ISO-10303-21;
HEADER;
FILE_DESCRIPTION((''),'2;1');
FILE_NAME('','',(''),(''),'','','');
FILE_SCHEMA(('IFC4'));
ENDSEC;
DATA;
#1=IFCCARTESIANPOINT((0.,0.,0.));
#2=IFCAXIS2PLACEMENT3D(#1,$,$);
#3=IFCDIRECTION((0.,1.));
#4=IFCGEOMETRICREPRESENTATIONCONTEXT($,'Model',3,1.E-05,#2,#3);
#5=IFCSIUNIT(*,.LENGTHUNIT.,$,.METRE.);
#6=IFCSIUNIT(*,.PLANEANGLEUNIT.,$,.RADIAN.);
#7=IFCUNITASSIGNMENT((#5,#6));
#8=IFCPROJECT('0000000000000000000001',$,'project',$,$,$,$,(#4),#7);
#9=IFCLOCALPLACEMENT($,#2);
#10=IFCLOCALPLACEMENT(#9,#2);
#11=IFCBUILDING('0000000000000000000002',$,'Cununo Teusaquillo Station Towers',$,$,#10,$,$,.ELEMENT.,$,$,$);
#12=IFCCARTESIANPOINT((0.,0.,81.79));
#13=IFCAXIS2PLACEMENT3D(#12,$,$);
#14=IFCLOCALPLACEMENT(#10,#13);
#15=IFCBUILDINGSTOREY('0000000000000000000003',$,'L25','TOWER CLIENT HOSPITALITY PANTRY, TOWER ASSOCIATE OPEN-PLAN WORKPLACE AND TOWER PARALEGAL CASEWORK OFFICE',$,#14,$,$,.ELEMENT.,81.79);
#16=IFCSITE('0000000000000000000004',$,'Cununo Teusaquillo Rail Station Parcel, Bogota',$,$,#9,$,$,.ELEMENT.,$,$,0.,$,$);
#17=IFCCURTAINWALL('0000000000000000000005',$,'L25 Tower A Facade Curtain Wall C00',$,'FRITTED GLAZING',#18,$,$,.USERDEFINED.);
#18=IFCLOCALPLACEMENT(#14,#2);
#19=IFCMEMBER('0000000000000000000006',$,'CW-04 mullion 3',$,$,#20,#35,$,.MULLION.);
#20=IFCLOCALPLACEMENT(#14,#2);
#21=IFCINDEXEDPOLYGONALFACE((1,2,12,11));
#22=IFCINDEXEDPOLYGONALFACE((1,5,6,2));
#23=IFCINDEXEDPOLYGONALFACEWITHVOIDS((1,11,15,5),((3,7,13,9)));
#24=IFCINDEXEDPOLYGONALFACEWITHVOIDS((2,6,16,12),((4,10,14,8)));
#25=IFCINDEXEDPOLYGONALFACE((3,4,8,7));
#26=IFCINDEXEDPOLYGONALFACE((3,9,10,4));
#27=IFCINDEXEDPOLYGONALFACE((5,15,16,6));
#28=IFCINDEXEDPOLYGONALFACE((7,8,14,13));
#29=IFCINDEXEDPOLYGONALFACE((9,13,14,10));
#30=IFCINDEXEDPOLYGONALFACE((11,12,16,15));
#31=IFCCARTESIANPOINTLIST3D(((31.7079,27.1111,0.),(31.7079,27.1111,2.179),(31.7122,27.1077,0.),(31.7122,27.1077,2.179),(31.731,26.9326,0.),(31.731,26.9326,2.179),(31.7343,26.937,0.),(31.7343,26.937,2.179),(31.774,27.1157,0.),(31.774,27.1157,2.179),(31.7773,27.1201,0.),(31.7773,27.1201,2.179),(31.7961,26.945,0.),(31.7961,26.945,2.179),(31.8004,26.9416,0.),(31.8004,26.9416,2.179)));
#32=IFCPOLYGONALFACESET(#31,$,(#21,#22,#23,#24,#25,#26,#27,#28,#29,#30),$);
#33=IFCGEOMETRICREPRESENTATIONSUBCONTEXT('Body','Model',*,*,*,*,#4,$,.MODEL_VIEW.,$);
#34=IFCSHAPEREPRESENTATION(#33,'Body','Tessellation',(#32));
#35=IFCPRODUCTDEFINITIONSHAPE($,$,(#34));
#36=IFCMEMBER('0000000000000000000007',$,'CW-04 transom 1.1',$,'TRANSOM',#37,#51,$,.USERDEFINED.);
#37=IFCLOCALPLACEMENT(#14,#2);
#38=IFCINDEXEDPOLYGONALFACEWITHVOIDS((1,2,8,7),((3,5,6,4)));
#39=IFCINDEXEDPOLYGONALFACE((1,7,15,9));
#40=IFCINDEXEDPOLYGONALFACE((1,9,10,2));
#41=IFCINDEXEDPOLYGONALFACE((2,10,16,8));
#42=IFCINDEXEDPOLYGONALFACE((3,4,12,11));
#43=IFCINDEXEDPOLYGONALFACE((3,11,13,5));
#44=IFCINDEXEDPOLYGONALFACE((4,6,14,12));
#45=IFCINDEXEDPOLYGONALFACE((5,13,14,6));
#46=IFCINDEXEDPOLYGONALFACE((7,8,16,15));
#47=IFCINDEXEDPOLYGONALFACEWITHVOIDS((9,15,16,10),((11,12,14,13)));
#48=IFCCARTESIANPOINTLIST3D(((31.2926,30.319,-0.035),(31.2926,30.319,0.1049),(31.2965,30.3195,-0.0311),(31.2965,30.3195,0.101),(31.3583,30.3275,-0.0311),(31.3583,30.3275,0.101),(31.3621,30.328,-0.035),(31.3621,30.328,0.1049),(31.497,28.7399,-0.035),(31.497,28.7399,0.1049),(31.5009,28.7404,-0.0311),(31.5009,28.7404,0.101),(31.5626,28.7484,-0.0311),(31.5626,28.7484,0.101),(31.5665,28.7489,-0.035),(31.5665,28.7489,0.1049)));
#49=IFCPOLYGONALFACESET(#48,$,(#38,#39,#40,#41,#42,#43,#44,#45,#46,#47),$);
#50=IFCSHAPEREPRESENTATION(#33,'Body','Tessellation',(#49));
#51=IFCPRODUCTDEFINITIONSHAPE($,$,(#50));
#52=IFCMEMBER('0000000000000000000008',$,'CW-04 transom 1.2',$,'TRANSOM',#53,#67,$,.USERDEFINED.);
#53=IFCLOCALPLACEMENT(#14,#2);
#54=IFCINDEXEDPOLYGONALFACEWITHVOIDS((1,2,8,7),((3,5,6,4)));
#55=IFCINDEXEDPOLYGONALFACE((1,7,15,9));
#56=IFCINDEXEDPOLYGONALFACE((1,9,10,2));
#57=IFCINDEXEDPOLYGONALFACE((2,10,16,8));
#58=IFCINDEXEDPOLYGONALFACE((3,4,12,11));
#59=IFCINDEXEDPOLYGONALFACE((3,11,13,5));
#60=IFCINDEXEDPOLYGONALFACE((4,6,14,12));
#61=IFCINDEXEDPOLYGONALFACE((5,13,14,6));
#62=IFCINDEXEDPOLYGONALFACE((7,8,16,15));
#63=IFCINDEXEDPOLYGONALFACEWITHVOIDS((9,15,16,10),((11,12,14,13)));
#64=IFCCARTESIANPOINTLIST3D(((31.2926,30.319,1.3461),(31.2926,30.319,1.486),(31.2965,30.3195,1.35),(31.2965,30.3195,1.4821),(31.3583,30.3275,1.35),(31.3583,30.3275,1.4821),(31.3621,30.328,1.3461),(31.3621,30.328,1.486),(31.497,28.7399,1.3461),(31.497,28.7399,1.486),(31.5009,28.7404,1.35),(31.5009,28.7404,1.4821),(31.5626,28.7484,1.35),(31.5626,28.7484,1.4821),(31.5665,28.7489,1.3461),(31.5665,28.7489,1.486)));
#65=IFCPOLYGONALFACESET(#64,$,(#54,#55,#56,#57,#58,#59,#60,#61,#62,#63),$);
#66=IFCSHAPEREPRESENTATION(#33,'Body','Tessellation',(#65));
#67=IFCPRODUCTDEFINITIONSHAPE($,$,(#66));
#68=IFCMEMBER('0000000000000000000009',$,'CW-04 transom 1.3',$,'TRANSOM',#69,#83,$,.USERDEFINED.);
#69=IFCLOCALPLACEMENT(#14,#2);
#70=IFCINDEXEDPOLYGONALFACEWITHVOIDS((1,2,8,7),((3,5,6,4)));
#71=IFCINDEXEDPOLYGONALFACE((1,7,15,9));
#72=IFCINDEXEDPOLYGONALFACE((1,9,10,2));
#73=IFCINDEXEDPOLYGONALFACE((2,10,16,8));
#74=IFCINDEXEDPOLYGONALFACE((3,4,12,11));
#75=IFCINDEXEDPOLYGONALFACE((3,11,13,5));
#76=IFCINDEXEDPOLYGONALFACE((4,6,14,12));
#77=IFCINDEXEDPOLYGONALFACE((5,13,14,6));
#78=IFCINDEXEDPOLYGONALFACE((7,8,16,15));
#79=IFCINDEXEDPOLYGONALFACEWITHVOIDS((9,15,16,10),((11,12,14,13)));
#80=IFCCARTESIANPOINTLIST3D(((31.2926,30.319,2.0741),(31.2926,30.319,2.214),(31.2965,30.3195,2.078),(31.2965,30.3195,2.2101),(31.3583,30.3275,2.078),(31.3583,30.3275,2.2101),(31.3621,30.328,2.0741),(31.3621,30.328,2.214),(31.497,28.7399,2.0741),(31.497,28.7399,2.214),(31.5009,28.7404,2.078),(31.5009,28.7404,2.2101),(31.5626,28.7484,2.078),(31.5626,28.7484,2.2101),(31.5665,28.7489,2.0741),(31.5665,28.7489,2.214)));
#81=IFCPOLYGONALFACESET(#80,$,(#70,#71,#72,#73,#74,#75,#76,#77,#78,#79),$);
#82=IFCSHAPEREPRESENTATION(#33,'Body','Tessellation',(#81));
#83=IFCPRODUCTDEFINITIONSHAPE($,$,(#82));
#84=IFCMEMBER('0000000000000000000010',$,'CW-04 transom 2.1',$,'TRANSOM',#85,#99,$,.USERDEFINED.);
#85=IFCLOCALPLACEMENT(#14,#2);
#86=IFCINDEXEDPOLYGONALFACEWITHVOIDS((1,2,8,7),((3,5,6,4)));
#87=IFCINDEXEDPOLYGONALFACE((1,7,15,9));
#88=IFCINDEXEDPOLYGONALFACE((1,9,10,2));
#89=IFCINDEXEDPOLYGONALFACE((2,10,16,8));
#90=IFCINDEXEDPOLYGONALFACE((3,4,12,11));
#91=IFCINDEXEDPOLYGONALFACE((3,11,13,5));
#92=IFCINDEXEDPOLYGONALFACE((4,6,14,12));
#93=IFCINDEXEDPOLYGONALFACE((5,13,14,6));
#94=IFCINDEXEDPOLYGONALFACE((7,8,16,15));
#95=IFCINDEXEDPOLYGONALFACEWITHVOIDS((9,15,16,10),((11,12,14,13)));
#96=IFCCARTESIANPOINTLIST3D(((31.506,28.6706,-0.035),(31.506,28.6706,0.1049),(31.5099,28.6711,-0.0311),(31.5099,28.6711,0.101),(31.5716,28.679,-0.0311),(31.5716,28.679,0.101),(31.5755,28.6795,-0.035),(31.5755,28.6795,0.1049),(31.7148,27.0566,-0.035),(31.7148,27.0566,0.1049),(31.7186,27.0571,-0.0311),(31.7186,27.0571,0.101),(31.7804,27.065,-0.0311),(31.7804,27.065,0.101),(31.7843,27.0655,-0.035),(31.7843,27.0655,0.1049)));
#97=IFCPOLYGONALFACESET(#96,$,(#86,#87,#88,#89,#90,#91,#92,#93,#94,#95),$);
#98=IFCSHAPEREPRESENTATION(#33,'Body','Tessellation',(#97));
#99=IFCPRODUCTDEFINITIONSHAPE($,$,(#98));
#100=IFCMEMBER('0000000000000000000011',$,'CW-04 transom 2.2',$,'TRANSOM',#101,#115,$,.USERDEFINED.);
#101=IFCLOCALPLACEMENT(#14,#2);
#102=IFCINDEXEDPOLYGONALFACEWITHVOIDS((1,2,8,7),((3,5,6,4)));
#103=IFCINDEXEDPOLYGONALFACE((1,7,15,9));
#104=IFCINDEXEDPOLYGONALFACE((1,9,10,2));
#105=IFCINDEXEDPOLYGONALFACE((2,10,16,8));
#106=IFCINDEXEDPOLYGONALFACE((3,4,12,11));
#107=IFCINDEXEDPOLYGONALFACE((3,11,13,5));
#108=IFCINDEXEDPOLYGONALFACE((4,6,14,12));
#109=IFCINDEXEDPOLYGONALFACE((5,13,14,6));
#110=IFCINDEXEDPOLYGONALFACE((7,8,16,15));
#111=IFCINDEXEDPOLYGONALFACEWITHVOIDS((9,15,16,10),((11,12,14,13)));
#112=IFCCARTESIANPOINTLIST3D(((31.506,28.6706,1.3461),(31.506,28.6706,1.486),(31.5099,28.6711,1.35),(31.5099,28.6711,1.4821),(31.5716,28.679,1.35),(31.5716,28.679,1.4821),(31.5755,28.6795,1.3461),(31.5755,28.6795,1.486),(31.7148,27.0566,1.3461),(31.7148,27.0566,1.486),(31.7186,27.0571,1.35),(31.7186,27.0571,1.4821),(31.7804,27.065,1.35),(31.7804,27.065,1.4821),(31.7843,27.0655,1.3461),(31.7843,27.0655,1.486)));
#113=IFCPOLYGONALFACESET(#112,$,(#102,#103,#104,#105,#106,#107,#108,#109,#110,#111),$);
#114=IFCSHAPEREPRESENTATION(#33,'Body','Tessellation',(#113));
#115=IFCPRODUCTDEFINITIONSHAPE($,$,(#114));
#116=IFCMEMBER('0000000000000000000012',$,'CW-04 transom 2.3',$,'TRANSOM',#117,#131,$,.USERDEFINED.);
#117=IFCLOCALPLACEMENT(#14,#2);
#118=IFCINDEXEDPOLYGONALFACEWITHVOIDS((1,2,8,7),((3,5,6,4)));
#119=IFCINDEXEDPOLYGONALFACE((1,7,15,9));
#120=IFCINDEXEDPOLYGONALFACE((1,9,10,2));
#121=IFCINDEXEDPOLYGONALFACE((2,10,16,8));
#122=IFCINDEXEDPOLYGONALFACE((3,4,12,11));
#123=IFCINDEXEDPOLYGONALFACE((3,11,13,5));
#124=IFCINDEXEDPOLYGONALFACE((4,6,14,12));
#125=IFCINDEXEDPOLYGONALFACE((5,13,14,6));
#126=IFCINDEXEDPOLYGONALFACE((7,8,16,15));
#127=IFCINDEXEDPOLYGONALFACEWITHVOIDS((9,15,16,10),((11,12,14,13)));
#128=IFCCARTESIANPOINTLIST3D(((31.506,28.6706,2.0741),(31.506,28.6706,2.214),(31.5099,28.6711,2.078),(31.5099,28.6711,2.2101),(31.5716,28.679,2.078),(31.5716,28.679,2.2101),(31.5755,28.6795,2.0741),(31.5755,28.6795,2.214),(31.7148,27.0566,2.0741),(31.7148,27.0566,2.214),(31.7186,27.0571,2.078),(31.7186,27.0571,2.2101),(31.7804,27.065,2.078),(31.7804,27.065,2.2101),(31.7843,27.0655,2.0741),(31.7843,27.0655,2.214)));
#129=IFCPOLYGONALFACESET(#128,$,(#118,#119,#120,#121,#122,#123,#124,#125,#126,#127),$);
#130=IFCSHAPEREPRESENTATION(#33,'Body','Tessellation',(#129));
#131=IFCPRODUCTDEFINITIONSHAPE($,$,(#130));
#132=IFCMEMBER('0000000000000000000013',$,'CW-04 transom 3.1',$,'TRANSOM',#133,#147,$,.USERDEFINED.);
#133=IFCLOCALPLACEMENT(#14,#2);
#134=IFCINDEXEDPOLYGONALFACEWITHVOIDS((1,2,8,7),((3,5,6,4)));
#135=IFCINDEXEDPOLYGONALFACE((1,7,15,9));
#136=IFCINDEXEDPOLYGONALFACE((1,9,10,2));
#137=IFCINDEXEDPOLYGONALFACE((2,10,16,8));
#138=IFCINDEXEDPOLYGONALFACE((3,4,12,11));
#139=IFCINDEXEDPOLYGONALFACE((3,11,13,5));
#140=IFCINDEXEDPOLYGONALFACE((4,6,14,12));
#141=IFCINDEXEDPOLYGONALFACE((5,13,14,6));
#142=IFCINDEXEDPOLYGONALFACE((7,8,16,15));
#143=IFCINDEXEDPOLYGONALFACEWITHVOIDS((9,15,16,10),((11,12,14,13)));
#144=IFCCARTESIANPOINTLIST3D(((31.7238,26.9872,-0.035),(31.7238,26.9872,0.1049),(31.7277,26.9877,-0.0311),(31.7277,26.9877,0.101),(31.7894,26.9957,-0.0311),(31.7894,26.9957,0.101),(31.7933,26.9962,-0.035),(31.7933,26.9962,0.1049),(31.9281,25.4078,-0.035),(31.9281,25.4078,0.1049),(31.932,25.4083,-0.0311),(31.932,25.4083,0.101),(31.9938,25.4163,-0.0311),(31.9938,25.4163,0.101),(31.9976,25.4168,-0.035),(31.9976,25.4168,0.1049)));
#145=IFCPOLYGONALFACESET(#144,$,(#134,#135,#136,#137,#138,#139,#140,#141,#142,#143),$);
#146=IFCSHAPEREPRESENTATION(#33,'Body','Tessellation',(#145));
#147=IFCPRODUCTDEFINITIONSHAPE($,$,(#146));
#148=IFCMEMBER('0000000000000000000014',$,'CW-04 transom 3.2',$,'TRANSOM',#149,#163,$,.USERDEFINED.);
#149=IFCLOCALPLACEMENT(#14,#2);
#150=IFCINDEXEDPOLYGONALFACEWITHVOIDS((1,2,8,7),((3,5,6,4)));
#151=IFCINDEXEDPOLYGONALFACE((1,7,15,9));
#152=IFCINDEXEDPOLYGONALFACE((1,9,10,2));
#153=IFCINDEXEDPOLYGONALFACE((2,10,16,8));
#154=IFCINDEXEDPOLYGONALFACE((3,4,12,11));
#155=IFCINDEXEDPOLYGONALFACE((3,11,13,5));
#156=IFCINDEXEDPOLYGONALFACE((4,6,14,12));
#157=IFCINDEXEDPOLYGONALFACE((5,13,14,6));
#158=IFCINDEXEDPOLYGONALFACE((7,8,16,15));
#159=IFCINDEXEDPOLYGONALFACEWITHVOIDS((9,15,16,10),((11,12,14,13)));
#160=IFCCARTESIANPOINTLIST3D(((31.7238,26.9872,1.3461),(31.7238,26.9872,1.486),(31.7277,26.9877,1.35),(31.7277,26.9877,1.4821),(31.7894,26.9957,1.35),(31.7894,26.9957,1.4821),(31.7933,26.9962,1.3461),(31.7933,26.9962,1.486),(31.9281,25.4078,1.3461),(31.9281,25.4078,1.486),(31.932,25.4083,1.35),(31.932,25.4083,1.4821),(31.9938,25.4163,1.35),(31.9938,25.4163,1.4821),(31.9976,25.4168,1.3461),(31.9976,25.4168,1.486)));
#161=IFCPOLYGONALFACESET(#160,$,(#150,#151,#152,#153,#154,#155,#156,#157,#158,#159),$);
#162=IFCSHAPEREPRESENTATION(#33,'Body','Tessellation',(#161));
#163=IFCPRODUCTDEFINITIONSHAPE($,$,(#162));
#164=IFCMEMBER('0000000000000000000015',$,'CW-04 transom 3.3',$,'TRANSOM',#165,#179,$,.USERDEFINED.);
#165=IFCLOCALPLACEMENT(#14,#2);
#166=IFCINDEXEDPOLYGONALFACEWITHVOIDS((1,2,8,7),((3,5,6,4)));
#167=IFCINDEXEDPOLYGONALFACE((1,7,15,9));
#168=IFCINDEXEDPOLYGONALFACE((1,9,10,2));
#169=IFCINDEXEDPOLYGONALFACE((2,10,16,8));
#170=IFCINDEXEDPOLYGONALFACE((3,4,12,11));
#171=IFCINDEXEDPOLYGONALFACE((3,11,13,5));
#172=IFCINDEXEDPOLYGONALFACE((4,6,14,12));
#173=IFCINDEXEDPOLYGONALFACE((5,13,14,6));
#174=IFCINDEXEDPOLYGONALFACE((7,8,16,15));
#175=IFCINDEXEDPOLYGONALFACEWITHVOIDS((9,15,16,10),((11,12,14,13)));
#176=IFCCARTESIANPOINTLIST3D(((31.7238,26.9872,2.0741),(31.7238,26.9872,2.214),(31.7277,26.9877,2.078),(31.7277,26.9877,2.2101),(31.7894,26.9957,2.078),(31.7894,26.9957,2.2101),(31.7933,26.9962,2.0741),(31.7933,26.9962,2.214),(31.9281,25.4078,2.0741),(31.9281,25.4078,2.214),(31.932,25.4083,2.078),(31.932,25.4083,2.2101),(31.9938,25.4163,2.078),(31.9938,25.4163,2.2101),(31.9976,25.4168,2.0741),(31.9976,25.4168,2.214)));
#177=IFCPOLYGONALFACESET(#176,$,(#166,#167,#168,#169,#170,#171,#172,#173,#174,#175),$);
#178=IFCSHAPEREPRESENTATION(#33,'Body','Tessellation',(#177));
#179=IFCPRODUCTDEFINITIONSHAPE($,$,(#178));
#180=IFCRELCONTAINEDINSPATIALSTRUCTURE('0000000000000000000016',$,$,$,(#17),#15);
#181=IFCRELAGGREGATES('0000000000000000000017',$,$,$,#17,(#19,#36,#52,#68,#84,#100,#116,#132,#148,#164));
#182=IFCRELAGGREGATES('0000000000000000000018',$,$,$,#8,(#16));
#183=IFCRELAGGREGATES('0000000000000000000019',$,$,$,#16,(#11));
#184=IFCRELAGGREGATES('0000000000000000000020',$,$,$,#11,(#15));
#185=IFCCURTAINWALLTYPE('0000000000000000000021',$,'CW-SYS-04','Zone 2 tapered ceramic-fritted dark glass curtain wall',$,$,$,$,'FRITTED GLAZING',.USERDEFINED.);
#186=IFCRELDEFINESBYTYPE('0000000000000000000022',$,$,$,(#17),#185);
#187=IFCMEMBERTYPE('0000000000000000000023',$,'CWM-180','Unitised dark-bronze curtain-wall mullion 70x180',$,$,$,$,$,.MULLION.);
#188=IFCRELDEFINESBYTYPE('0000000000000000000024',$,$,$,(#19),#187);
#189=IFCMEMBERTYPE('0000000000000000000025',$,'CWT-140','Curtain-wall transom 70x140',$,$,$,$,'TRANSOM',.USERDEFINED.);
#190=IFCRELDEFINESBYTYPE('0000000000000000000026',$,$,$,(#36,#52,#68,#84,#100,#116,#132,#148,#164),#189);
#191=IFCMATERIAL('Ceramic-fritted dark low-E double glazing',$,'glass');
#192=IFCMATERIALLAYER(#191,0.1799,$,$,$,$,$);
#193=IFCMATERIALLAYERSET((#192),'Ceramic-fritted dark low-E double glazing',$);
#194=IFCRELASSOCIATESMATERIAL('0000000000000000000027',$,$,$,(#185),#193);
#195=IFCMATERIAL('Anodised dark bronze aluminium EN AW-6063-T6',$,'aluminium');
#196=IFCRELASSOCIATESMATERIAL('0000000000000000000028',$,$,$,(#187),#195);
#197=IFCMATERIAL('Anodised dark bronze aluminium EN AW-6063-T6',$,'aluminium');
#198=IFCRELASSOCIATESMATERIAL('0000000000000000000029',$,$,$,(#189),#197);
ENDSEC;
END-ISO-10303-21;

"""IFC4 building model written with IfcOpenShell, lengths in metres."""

from ifc_helpers import new_model, si_unit, direction, frame, origin, origin_2d, place, context, subcontext, project, spatial, hollow_rectangle, extrude, material, layer, layer_set, material_profile, profile_set, type_object, element, aggregate, save


model = new_model("IFC4")

# Units and contexts
model_context = context("Model", 3, precision=1e-05, world=origin(), true_north=direction((0.0, 1.0)))
body_context = subcontext(model_context, "Body", "Model", "MODEL_VIEW")
ifc_project = project(units=[si_unit("LENGTHUNIT", "METRE"), si_unit("PLANEANGLEUNIT", "RADIAN")], contexts=[model_context])

# Site, building, storey
site_placement = place(None, origin())
site = spatial("IfcSite", under=ifc_project, at=site_placement, Name="Cununo Teusaquillo Rail Station Parcel, Bogota", CompositionType="ELEMENT", RefElevation=0.0)
building_placement = place(site_placement, origin())
building = spatial("IfcBuilding", under=site, at=building_placement, Name="Cununo Teusaquillo Station Towers", CompositionType="ELEMENT")
storey_placement = place(building_placement, frame((0.0, 0.0, 81.79)))
storey = spatial("IfcBuildingStorey", under=building, at=storey_placement, Name="L25", Description="TOWER CLIENT HOSPITALITY PANTRY, TOWER ASSOCIATE OPEN-PLAN WORKPLACE AND TOWER PARALEGAL CASEWORK OFFICE", CompositionType="ELEMENT", Elevation=81.79)

# Curtain wall, members
ifc_material_1 = material(Name="Ceramic-fritted dark low-E double glazing", Category="glass")
ifc_layer_1 = layer(ifc_material_1, 0.1799)
ifc_layer_set_1 = layer_set([ifc_layer_1], Name="Ceramic-fritted dark low-E double glazing")
curtain_wall_type = type_object("IfcCurtainWallType", Name="CW-SYS-04", Description="Zone 2 tapered ceramic-fritted dark glass curtain wall", ElementType="FRITTED GLAZING", PredefinedType="USERDEFINED", material=ifc_layer_set_1)
curtain_wall_placement = place(storey_placement, origin())
curtain_wall = element("IfcCurtainWall", 1, at=curtain_wall_placement, inside=storey, type_object=curtain_wall_type, Name="L25 Tower A Facade Curtain Wall C00", ObjectType="FRITTED GLAZING", PredefinedType="USERDEFINED")
ifc_material_2 = material(Name="Anodised dark bronze aluminium EN AW-6063-T6", Category="aluminium")
ifc_material_profile_1 = material_profile(ifc_material_2, hollow_rectangle(XDim=0.0701, YDim=0.1799, WallThickness=0.0039, at=origin_2d()), Name="CW-MULL-70x180")
ifc_profile_set_1 = profile_set([ifc_material_profile_1], Name="Anodised dark bronze aluminium EN AW-6063-T6")
member_type_1 = type_object("IfcMemberType", Name="CWM-180", Description="Unitised dark-bronze curtain-wall mullion 70x180", PredefinedType="MULLION", material=ifc_profile_set_1)
member_1_placement = place(storey_placement, frame((31.7542, 27.0264, 0.0), z_axis=(0.0, 0.0, 1.0), x_axis=(0.991731, 0.128336, 0.0)))
member_1 = element("IfcMember", 2, at=member_1_placement, type_object=member_type_1, Name="CW-04 mullion 3", PredefinedType="MULLION", context=body_context, shape_type="SweptSolid", body=[
    extrude(hollow_rectangle(XDim=0.0701, YDim=0.1799, WallThickness=0.0039, at=origin_2d()), origin(), (0.0, 0.0, 1.0), 2.179),
])
ifc_material_3 = material(Name="Anodised dark bronze aluminium EN AW-6063-T6", Category="aluminium")
ifc_material_profile_2 = material_profile(ifc_material_3, hollow_rectangle(XDim=0.0701, YDim=0.1399, WallThickness=0.0039, at=origin_2d()), Name="CW-TRAN-70x140")
ifc_profile_set_2 = profile_set([ifc_material_profile_2], Name="Anodised dark bronze aluminium EN AW-6063-T6")
member_type_2 = type_object("IfcMemberType", Name="CWT-140", Description="Curtain-wall transom 70x140", ElementType="TRANSOM", PredefinedType="USERDEFINED", material=ifc_profile_set_2)
member_2_placement = place(storey_placement, frame((31.3274, 30.3235, 0.0349), z_axis=(0.128336, -0.991731, 0.0), x_axis=(0.991731, 0.128336, 0.0)))
member_2 = element("IfcMember", 3, at=member_2_placement, type_object=member_type_2, Name="CW-04 transom 1.1", ObjectType="TRANSOM", PredefinedType="USERDEFINED", context=body_context, shape_type="SweptSolid", body=[
    extrude(hollow_rectangle(XDim=0.0701, YDim=0.1399, WallThickness=0.0039, at=origin_2d()), origin(), (0.0, 0.0, 1.0), 1.5923),
])
member_3_placement = place(storey_placement, frame((31.3274, 30.3235, 1.416), z_axis=(0.128336, -0.991731, 0.0), x_axis=(0.991731, 0.128336, 0.0)))
member_3 = element("IfcMember", 4, at=member_3_placement, type_object=member_type_2, Name="CW-04 transom 1.2", ObjectType="TRANSOM", PredefinedType="USERDEFINED", context=body_context, shape_type="SweptSolid", body=[
    extrude(hollow_rectangle(XDim=0.0701, YDim=0.1399, WallThickness=0.0039, at=origin_2d()), origin(), (0.0, 0.0, 1.0), 1.5923),
])
member_4_placement = place(storey_placement, frame((31.3274, 30.3235, 2.144), z_axis=(0.128336, -0.991731, 0.0), x_axis=(0.991731, 0.128336, 0.0)))
member_4 = element("IfcMember", 5, at=member_4_placement, type_object=member_type_2, Name="CW-04 transom 1.3", ObjectType="TRANSOM", PredefinedType="USERDEFINED", context=body_context, shape_type="SweptSolid", body=[
    extrude(hollow_rectangle(XDim=0.0701, YDim=0.1399, WallThickness=0.0039, at=origin_2d()), origin(), (0.0, 0.0, 1.0), 1.5923),
])
member_5_placement = place(storey_placement, frame((31.5408, 28.675, 0.0349), z_axis=(0.128262, -0.99174, 0.0), x_axis=(0.99174, 0.128262, 0.0)))
member_5 = element("IfcMember", 6, at=member_5_placement, type_object=member_type_2, Name="CW-04 transom 2.1", ObjectType="TRANSOM", PredefinedType="USERDEFINED", context=body_context, shape_type="SweptSolid", body=[
    extrude(hollow_rectangle(XDim=0.0701, YDim=0.1399, WallThickness=0.0039, at=origin_2d()), origin(), (0.0, 0.0, 1.0), 1.6274),
])
member_6_placement = place(storey_placement, frame((31.5408, 28.675, 1.416), z_axis=(0.128262, -0.99174, 0.0), x_axis=(0.99174, 0.128262, 0.0)))
member_6 = element("IfcMember", 7, at=member_6_placement, type_object=member_type_2, Name="CW-04 transom 2.2", ObjectType="TRANSOM", PredefinedType="USERDEFINED", context=body_context, shape_type="SweptSolid", body=[
    extrude(hollow_rectangle(XDim=0.0701, YDim=0.1399, WallThickness=0.0039, at=origin_2d()), origin(), (0.0, 0.0, 1.0), 1.6274),
])
member_7_placement = place(storey_placement, frame((31.5408, 28.675, 2.144), z_axis=(0.128262, -0.99174, 0.0), x_axis=(0.99174, 0.128262, 0.0)))
member_7 = element("IfcMember", 8, at=member_7_placement, type_object=member_type_2, Name="CW-04 transom 2.3", ObjectType="TRANSOM", PredefinedType="USERDEFINED", context=body_context, shape_type="SweptSolid", body=[
    extrude(hollow_rectangle(XDim=0.0701, YDim=0.1399, WallThickness=0.0039, at=origin_2d()), origin(), (0.0, 0.0, 1.0), 1.6274),
])
member_8_placement = place(storey_placement, frame((31.7585, 26.9917, 0.0349), z_axis=(0.128317, -0.991733, 0.0), x_axis=(0.991733, 0.128317, 0.0)))
member_8 = element("IfcMember", 9, at=member_8_placement, type_object=member_type_2, Name="CW-04 transom 3.1", ObjectType="TRANSOM", PredefinedType="USERDEFINED", context=body_context, shape_type="SweptSolid", body=[
    extrude(hollow_rectangle(XDim=0.0701, YDim=0.1399, WallThickness=0.0039, at=origin_2d()), origin(), (0.0, 0.0, 1.0), 1.5925),
])
member_9_placement = place(storey_placement, frame((31.7585, 26.9917, 1.416), z_axis=(0.128317, -0.991733, 0.0), x_axis=(0.991733, 0.128317, 0.0)))
member_9 = element("IfcMember", 10, at=member_9_placement, type_object=member_type_2, Name="CW-04 transom 3.2", ObjectType="TRANSOM", PredefinedType="USERDEFINED", context=body_context, shape_type="SweptSolid", body=[
    extrude(hollow_rectangle(XDim=0.0701, YDim=0.1399, WallThickness=0.0039, at=origin_2d()), origin(), (0.0, 0.0, 1.0), 1.5925),
])
member_10_placement = place(storey_placement, frame((31.7585, 26.9917, 2.144), z_axis=(0.128317, -0.991733, 0.0), x_axis=(0.991733, 0.128317, 0.0)))
member_10 = element("IfcMember", 11, at=member_10_placement, type_object=member_type_2, Name="CW-04 transom 3.3", ObjectType="TRANSOM", PredefinedType="USERDEFINED", context=body_context, shape_type="SweptSolid", body=[
    extrude(hollow_rectangle(XDim=0.0701, YDim=0.1399, WallThickness=0.0039, at=origin_2d()), origin(), (0.0, 0.0, 1.0), 1.5925),
])
aggregate(curtain_wall, [member_1, member_2, member_3, member_4, member_5, member_6, member_7, member_8, member_9, member_10])

save(model, "model.ifc")
